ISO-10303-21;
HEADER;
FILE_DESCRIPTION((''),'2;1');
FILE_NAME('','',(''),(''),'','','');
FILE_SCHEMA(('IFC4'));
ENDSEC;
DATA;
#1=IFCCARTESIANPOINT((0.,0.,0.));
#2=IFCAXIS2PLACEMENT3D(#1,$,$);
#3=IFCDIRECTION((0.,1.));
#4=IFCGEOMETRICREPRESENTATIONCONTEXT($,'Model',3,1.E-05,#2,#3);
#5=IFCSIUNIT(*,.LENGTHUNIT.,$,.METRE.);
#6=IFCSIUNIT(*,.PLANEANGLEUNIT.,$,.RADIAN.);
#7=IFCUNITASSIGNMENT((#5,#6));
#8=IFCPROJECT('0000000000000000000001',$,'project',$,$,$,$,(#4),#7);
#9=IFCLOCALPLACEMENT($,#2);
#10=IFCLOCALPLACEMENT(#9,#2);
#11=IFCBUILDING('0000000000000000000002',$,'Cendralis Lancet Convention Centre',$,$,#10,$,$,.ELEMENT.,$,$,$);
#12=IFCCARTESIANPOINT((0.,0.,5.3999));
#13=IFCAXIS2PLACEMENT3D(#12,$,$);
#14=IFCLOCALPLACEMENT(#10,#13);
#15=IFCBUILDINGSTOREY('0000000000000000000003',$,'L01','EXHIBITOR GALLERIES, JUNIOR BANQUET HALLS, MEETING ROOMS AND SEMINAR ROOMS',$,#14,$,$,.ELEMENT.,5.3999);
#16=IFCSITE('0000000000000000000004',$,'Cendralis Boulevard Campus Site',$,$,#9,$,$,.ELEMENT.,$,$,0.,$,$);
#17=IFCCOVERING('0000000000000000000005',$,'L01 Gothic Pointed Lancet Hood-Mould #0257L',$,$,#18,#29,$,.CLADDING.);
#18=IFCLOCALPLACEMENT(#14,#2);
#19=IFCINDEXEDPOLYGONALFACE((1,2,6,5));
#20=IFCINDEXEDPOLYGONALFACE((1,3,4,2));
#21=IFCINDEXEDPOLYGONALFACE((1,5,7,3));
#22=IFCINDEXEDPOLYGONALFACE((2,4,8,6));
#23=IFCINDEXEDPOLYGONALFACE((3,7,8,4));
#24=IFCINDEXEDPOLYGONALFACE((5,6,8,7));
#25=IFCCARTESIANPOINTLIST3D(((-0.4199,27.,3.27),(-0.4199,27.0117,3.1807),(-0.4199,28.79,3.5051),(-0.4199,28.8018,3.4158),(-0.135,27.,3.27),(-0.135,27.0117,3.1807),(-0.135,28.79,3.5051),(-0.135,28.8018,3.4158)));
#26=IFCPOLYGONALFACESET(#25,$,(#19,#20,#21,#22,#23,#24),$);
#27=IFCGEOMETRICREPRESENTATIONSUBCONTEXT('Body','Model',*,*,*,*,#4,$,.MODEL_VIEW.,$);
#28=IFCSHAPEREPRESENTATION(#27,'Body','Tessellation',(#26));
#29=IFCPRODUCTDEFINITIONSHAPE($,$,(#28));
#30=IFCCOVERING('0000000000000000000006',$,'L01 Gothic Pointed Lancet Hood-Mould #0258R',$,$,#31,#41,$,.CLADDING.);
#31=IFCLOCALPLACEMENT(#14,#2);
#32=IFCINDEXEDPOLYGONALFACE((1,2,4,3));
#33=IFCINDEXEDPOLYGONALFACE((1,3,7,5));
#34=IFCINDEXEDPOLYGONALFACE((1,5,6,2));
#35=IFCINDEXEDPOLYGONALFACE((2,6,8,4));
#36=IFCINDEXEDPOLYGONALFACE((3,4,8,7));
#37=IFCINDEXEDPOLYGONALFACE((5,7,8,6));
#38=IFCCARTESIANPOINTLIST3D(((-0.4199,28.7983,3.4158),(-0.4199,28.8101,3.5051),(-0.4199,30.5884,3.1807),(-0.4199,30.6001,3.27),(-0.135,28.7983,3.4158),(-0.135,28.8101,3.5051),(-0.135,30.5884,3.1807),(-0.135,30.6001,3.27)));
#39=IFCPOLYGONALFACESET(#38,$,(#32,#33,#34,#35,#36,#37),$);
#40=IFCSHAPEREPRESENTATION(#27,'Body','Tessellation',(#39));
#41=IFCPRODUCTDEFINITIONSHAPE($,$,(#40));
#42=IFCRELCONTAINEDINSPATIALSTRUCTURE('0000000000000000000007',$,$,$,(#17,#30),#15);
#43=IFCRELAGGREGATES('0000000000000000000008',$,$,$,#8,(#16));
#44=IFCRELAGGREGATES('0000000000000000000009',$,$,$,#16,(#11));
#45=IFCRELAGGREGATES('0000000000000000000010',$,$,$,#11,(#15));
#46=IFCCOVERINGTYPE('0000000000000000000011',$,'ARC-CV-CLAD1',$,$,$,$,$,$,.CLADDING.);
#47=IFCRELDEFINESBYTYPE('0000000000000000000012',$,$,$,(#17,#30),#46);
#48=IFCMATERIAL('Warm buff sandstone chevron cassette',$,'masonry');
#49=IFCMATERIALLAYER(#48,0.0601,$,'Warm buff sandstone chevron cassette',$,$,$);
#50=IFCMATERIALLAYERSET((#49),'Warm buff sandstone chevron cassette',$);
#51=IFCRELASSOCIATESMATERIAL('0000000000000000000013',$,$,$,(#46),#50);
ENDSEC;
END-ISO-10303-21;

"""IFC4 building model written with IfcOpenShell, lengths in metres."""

from ifc_helpers import new_model, si_unit, direction, frame, origin, place, context, subcontext, project, spatial, polyline, outline, extrude, material, layer, layer_set, type_object, element, save


model = new_model("IFC4")

# Units and contexts
model_context = context("Model", 3, precision=1e-05, world=origin(), true_north=direction((0.0, 1.0)))
body_context = subcontext(model_context, "Body", "Model", "MODEL_VIEW")
ifc_project = project(units=[si_unit("LENGTHUNIT", "METRE"), si_unit("PLANEANGLEUNIT", "RADIAN")], contexts=[model_context])

# Site, building, storey
site_placement = place(None, origin())
site = spatial("IfcSite", under=ifc_project, at=site_placement, Name="Cendralis Boulevard Campus Site", CompositionType="ELEMENT", RefElevation=0.0)
building_placement = place(site_placement, origin())
building = spatial("IfcBuilding", under=site, at=building_placement, Name="Cendralis Lancet Convention Centre", CompositionType="ELEMENT")
storey_placement = place(building_placement, frame((0.0, 0.0, 5.3999)))
storey = spatial("IfcBuildingStorey", under=building, at=storey_placement, Name="L01", Description="EXHIBITOR GALLERIES, JUNIOR BANQUET HALLS, MEETING ROOMS AND SEMINAR ROOMS", CompositionType="ELEMENT", Elevation=5.3999)

# Coverings
ifc_material_1 = material(Name="Warm buff sandstone chevron cassette", Category="masonry")
ifc_layer_1 = layer(ifc_material_1, 0.0601, Name="Warm buff sandstone chevron cassette")
ifc_layer_set_1 = layer_set([ifc_layer_1], Name="Warm buff sandstone chevron cassette")
covering_type = type_object("IfcCoveringType", Name="ARC-CV-CLAD1", PredefinedType="CLADDING", material=ifc_layer_set_1)
for number, where, z_axis, x_axis, name in (
    (1, (-0.4199, 27.0, 3.27), (0.0, -0.130224, 0.991485), (1.0, 0.0, 0.0), "L01 Gothic Pointed Lancet Hood-Mould #0257L"),
    (2, (-0.4199, 28.8101, 3.5051), (0.0, 0.130224, 0.991485), (1.0, 0.0, 0.0), "L01 Gothic Pointed Lancet Hood-Mould #0258R"),
):
    element("IfcCovering", number, at=place(storey_placement, frame(where, z_axis=z_axis, x_axis=x_axis)), inside=storey, type_object=covering_type, Name=name, PredefinedType="CLADDING", context=body_context, shape_type="SweptSolid", body=[
        extrude(outline(polyline([(0.0, 0.0), (0.2849, 0.0), (0.2849, 1.8054), (0.0, 1.8054), (0.0, 0.0)])), origin(), (0.0, 0.0, -1.0), 0.0901),
    ])

save(model, "model.ifc")
